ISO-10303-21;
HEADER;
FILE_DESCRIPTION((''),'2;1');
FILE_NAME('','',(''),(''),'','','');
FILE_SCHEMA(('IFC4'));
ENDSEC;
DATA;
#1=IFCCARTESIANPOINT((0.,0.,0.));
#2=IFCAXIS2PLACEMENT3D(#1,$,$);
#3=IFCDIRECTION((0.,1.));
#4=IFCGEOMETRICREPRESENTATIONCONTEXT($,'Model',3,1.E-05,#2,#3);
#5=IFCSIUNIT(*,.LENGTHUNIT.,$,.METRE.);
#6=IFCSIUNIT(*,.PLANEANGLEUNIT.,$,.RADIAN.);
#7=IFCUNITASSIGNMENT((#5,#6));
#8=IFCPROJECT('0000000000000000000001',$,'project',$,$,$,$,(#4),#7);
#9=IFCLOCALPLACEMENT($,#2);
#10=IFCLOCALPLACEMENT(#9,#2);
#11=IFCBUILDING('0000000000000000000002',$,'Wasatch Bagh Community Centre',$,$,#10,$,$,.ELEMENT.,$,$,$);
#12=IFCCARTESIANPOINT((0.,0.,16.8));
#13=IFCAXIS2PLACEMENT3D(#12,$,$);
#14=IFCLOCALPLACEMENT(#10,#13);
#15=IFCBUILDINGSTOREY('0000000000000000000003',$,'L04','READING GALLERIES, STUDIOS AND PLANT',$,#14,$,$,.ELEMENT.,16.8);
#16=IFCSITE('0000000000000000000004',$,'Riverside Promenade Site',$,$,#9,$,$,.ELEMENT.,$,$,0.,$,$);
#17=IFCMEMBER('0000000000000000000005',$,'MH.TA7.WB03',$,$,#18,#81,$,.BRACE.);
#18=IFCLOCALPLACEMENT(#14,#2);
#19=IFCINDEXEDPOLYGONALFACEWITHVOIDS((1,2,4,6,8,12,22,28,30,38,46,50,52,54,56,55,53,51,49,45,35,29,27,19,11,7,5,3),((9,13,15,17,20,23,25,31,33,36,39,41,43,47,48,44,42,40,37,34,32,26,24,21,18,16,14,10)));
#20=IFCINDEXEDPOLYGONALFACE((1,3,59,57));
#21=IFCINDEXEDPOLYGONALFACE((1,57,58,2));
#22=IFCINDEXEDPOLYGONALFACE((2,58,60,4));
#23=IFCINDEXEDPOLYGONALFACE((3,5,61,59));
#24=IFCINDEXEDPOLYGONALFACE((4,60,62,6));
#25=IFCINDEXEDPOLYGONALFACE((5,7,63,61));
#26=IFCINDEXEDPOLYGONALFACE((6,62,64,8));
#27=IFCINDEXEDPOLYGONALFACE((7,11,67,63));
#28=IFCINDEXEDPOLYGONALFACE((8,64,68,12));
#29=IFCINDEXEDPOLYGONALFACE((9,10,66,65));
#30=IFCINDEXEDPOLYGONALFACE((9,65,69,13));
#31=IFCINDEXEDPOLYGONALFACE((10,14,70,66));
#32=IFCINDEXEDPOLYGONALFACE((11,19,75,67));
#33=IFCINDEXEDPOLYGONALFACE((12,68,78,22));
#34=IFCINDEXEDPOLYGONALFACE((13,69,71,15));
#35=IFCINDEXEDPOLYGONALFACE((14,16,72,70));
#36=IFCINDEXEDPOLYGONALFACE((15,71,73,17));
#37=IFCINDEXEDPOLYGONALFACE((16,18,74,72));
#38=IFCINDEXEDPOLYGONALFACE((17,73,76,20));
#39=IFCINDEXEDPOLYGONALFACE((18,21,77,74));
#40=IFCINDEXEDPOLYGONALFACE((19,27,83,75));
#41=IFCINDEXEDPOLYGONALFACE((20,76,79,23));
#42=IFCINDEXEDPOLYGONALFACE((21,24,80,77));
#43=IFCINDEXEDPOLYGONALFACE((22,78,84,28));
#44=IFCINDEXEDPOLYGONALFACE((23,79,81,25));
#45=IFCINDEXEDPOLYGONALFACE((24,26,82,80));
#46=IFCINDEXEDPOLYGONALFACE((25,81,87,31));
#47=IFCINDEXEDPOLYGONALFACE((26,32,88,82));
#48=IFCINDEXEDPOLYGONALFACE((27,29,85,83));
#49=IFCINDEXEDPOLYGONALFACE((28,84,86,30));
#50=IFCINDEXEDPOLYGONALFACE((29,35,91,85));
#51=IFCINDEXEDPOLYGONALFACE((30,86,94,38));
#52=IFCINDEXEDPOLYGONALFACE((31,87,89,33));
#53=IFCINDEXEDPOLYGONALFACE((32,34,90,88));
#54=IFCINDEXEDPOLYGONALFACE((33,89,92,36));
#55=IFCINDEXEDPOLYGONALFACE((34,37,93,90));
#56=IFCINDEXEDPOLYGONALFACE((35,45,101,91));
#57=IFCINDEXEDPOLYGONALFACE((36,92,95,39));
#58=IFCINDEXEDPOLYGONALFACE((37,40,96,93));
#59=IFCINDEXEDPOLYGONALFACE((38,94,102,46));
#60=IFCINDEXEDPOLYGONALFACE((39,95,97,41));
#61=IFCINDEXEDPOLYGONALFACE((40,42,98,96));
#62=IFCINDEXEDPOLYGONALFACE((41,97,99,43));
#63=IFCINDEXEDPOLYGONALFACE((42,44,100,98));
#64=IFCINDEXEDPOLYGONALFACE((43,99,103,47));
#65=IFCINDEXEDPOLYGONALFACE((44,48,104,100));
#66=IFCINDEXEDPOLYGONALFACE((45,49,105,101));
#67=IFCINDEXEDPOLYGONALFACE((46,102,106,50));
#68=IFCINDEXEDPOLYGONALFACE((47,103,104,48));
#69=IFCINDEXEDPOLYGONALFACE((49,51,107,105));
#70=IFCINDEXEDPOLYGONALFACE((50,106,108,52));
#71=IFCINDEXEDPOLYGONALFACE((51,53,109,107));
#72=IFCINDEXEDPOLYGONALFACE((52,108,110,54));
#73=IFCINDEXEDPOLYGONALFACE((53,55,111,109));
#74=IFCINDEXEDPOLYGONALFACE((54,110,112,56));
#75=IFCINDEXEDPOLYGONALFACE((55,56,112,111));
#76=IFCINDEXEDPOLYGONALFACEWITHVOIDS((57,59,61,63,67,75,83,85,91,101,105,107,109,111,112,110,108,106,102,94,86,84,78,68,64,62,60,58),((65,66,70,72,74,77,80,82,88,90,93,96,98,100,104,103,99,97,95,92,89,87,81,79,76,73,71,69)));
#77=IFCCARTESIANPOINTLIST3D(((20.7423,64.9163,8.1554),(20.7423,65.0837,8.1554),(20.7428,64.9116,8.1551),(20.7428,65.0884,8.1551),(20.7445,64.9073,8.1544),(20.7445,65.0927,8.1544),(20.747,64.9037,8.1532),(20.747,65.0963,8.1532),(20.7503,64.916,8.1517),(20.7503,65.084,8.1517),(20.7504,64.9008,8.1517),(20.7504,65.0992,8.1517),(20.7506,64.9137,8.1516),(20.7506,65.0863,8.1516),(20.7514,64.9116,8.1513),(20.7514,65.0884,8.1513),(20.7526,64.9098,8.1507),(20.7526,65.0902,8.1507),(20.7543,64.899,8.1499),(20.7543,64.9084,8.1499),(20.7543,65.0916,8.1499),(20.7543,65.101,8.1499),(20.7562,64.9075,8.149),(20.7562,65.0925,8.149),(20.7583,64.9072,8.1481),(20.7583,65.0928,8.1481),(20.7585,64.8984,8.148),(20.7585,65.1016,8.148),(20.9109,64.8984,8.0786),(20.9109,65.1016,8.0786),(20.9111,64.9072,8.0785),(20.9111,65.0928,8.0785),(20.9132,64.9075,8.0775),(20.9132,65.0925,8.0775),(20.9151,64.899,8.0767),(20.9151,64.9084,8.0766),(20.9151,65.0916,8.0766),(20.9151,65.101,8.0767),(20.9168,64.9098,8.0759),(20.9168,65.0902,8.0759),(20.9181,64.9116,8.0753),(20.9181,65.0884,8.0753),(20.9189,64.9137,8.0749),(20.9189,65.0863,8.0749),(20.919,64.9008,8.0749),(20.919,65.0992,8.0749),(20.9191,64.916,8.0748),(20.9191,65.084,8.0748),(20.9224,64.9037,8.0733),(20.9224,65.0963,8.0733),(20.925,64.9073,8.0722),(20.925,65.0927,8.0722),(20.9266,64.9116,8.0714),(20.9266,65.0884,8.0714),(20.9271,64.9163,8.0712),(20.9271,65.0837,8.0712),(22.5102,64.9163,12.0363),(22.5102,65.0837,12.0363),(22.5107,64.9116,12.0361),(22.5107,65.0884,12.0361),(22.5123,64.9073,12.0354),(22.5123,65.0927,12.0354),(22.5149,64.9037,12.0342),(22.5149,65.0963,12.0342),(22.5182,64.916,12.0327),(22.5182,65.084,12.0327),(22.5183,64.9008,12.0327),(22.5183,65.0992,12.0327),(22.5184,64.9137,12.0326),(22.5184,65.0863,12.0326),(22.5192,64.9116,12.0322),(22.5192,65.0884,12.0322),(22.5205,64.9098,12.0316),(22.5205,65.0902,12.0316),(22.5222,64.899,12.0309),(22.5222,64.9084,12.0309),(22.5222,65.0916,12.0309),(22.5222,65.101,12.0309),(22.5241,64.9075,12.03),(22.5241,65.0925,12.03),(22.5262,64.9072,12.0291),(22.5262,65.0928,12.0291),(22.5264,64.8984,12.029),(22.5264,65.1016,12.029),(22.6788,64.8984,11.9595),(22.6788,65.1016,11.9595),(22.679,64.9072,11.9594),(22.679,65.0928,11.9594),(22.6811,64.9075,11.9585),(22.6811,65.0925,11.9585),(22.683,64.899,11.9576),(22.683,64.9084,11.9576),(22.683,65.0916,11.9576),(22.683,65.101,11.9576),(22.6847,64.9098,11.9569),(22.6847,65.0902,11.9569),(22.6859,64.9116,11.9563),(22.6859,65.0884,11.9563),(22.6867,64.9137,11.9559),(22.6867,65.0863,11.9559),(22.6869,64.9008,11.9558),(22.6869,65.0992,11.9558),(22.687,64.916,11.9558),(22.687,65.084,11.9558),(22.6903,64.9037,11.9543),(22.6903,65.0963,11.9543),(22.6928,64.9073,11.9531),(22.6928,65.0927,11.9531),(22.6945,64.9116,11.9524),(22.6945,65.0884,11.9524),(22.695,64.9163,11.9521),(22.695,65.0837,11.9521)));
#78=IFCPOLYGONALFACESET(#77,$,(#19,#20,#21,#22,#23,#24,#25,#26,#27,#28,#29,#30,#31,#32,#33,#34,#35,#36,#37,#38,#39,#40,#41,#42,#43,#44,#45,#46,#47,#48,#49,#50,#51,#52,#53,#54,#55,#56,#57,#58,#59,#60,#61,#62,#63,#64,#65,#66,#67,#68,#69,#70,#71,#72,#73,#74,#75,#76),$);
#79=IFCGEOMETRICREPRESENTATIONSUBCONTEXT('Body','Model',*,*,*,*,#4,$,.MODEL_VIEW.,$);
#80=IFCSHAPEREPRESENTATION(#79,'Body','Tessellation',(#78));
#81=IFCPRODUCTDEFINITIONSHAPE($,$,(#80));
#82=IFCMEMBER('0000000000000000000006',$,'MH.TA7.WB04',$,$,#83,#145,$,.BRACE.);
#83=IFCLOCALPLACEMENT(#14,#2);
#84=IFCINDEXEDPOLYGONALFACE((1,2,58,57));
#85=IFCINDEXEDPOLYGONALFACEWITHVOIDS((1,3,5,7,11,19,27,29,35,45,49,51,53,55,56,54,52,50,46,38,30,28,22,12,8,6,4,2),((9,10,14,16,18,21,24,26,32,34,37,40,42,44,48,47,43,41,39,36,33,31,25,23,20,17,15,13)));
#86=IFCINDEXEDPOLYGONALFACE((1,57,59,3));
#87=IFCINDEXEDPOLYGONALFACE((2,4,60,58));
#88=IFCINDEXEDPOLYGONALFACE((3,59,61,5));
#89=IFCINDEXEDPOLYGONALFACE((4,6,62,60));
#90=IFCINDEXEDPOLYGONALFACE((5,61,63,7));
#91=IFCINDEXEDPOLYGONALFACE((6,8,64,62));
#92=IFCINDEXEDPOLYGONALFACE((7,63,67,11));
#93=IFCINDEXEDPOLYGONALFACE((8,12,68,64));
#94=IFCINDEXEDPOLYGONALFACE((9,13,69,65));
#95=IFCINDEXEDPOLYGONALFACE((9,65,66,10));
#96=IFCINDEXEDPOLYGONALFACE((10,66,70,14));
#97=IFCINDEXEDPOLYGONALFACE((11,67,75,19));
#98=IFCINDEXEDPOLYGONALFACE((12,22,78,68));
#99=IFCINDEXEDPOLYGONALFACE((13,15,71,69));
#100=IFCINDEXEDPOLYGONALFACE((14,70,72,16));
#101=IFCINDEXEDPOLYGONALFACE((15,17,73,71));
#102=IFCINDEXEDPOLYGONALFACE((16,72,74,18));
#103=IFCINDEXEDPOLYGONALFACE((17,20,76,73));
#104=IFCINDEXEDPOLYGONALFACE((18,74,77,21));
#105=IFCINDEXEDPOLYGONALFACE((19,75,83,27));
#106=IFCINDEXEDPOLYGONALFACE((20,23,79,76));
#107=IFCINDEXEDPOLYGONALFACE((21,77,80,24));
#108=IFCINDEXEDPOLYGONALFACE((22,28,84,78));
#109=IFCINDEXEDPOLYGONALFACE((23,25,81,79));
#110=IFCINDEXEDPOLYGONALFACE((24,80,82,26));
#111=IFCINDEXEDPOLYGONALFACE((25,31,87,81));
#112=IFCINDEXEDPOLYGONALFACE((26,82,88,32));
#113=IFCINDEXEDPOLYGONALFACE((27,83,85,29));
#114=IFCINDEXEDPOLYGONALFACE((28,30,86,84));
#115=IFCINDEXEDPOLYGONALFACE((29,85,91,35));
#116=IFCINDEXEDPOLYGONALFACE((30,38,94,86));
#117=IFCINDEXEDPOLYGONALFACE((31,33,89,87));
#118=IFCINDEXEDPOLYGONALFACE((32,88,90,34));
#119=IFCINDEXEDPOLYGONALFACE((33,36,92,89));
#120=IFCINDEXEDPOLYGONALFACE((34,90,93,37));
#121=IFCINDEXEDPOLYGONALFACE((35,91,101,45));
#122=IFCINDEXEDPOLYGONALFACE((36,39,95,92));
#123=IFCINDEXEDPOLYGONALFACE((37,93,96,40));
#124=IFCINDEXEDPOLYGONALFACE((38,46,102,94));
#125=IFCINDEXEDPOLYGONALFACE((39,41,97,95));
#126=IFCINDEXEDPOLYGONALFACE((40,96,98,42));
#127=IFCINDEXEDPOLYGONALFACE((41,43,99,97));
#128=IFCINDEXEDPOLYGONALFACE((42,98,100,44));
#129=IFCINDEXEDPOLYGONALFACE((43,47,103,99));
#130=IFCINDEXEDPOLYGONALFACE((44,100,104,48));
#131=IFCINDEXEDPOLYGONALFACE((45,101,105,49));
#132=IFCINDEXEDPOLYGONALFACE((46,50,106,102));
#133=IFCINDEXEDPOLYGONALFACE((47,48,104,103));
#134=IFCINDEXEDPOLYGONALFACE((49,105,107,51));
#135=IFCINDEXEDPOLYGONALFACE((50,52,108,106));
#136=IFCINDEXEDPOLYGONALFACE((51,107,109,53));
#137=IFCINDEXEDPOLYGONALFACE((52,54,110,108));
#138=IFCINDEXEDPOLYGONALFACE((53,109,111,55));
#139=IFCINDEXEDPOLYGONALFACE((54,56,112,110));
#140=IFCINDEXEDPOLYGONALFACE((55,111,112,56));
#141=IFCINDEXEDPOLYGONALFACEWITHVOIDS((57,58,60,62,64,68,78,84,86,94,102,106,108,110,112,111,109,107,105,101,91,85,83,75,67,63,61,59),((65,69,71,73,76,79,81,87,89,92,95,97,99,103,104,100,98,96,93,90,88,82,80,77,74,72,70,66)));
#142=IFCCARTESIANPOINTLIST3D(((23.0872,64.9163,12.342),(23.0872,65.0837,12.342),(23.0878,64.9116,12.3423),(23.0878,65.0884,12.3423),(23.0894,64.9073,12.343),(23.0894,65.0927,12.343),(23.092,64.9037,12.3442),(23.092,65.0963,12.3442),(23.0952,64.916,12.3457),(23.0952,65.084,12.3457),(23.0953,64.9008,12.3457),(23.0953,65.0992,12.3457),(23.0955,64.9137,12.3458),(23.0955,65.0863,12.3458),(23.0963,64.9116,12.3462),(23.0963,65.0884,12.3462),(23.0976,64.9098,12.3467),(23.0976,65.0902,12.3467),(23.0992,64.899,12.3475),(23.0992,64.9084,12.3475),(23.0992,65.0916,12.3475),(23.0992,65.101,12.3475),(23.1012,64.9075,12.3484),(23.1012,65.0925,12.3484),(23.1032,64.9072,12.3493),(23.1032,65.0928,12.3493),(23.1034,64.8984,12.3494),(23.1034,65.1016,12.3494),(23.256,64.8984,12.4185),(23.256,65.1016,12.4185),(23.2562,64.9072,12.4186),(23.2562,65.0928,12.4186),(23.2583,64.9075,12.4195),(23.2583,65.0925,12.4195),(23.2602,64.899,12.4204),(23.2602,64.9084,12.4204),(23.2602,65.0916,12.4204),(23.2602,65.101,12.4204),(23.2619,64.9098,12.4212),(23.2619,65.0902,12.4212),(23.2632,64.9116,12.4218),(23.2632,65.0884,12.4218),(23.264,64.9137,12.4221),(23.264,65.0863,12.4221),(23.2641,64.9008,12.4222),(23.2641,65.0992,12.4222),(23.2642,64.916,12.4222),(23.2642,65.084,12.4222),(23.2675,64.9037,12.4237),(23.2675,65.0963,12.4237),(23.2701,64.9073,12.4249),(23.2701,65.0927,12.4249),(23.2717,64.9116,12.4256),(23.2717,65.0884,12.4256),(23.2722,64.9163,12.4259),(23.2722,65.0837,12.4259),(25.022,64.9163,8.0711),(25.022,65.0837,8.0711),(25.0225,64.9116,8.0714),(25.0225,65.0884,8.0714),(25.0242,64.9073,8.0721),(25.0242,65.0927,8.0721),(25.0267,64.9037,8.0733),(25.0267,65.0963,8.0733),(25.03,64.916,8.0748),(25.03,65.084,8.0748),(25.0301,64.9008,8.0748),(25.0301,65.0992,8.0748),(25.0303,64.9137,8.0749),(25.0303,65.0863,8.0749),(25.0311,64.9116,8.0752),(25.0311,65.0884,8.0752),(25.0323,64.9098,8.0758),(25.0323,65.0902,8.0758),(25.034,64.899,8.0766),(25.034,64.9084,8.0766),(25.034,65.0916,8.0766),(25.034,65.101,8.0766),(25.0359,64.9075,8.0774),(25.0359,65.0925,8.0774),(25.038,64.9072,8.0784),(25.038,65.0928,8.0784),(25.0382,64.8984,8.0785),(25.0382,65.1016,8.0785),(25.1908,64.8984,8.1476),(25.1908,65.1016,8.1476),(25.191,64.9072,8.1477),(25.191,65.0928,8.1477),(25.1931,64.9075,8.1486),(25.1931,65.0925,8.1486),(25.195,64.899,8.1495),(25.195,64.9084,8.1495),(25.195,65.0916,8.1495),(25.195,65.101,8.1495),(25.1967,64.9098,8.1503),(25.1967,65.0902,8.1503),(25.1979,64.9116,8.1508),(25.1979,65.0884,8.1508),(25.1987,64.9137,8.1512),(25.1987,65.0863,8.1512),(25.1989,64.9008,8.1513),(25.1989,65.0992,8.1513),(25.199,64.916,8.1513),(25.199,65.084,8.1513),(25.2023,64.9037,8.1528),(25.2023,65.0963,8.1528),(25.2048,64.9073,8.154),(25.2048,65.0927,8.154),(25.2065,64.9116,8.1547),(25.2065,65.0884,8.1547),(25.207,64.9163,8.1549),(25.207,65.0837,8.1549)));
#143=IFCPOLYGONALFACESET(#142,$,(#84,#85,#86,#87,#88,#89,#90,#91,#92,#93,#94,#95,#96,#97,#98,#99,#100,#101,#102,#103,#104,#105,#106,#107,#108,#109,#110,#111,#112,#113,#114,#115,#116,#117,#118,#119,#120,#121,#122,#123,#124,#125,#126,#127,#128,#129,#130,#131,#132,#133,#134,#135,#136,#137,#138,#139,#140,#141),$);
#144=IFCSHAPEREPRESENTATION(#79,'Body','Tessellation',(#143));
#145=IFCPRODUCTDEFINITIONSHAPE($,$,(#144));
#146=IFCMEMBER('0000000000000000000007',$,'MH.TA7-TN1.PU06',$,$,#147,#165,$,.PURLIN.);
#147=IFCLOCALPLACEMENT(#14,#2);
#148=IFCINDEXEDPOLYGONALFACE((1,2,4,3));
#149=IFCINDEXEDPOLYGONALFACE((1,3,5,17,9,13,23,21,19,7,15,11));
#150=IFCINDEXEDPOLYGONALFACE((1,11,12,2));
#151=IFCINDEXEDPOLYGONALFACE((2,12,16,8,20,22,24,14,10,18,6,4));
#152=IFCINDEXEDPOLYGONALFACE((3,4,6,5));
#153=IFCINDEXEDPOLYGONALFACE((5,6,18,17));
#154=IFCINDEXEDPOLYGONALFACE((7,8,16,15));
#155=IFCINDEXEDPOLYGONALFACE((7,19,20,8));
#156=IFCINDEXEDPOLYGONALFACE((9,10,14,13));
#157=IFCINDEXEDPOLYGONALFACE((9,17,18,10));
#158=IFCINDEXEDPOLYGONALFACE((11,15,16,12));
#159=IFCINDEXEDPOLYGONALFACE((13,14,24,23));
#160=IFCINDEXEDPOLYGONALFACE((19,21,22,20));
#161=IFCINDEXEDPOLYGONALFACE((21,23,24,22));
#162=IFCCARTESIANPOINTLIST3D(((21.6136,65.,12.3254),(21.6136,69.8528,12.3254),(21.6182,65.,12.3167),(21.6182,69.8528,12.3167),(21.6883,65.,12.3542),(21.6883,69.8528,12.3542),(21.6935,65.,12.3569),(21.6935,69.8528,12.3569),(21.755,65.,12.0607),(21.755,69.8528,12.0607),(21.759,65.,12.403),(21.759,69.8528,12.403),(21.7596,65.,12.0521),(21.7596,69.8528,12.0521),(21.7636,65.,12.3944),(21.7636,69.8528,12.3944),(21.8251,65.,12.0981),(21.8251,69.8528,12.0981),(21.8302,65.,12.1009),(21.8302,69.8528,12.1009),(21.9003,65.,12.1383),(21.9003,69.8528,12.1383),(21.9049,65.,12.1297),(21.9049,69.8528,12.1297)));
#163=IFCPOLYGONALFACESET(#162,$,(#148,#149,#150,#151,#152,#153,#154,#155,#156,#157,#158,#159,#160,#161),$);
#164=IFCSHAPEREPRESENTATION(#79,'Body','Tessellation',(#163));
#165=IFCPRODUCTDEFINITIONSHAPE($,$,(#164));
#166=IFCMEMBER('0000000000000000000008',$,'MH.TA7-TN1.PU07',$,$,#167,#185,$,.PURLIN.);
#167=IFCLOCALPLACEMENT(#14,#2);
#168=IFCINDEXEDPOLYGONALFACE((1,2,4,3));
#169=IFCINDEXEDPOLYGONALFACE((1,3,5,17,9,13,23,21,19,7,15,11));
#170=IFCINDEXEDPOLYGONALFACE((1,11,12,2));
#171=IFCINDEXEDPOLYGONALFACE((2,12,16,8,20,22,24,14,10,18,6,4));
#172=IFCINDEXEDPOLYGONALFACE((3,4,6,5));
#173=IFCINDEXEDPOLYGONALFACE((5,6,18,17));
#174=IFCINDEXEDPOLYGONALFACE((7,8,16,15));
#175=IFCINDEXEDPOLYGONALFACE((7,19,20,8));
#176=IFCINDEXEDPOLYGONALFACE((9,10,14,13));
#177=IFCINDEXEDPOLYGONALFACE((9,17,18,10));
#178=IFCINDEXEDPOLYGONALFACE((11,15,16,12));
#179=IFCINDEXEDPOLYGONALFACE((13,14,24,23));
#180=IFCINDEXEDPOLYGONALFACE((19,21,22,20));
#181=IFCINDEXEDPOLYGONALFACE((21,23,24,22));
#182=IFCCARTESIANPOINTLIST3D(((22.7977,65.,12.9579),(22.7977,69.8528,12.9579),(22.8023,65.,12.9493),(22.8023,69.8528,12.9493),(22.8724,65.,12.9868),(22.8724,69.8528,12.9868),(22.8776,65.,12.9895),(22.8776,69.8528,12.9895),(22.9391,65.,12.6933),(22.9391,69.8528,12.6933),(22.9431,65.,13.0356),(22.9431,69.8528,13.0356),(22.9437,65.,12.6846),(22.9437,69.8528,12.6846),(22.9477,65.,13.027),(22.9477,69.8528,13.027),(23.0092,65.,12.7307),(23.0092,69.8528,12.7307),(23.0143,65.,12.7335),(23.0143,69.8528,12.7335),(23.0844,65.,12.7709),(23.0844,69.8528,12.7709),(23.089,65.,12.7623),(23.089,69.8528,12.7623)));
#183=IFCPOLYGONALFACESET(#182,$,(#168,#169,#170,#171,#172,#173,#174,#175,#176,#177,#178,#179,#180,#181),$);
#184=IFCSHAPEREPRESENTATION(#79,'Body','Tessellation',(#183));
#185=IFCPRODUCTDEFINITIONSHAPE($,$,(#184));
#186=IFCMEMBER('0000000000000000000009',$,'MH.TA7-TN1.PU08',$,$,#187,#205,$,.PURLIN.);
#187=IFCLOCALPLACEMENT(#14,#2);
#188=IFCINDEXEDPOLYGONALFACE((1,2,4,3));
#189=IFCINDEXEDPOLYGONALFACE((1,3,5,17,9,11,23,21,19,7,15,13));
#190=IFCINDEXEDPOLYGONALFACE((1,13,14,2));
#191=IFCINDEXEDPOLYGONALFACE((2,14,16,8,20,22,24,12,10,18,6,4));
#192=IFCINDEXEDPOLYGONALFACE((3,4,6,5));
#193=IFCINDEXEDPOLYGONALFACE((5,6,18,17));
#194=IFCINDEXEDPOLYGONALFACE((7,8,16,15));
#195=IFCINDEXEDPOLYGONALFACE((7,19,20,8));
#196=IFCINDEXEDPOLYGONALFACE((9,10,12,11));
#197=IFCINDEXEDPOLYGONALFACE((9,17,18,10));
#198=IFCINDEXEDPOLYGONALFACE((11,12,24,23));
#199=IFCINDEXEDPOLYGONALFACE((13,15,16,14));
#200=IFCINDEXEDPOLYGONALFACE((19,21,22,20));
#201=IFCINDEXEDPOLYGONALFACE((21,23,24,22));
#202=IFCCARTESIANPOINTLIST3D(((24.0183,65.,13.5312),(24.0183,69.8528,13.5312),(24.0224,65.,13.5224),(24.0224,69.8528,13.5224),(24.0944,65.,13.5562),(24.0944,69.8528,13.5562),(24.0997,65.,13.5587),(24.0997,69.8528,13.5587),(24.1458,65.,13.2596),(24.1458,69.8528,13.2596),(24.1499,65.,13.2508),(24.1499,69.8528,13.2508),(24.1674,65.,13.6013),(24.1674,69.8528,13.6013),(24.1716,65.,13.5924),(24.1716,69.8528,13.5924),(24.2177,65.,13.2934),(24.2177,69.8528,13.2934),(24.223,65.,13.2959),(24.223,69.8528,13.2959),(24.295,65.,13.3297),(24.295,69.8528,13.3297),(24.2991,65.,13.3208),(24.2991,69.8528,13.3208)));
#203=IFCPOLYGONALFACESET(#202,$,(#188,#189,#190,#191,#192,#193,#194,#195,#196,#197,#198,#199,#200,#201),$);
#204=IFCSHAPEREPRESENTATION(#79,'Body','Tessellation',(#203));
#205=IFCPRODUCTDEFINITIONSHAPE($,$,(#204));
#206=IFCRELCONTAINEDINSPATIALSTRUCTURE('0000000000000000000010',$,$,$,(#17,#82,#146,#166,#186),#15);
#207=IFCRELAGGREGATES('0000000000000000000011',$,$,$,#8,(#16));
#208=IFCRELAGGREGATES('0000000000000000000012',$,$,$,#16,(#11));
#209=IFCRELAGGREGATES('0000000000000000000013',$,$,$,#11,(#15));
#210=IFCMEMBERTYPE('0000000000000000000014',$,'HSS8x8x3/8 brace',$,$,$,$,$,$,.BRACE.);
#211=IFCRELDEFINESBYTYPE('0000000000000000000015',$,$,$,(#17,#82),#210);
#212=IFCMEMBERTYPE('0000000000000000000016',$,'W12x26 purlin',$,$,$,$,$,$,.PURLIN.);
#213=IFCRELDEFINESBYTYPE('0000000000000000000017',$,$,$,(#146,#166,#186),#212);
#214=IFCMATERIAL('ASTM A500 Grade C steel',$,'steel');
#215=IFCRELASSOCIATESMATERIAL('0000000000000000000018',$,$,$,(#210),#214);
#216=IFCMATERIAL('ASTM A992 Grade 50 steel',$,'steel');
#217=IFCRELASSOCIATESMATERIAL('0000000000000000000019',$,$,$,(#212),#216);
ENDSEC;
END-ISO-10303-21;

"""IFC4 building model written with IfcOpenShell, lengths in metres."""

from ifc_helpers import new_model, si_unit, direction, frame, origin, origin_2d, place, context, subcontext, project, spatial, hollow_rectangle, i_section, extrude, material, material_profile, profile_set, type_object, element, save


model = new_model("IFC4")

# Units and contexts
model_context = context("Model", 3, precision=1e-05, world=origin(), true_north=direction((0.0, 1.0)))
body_context = subcontext(model_context, "Body", "Model", "MODEL_VIEW")
ifc_project = project(units=[si_unit("LENGTHUNIT", "METRE"), si_unit("PLANEANGLEUNIT", "RADIAN")], contexts=[model_context])

# Site, building, storey
site_placement = place(None, origin())
site = spatial("IfcSite", under=ifc_project, at=site_placement, Name="Riverside Promenade Site", CompositionType="ELEMENT", RefElevation=0.0)
building_placement = place(site_placement, origin())
building = spatial("IfcBuilding", under=site, at=building_placement, Name="Wasatch Bagh Community Centre", CompositionType="ELEMENT")
storey_placement = place(building_placement, frame((0.0, 0.0, 16.8)))
storey = spatial("IfcBuildingStorey", under=building, at=storey_placement, Name="L04", Description="READING GALLERIES, STUDIOS AND PLANT", CompositionType="ELEMENT", Elevation=16.8)

# Members
ifc_material_1 = material(Name="ASTM A500 Grade C steel", Category="steel")
ifc_material_profile_1 = material_profile(ifc_material_1, hollow_rectangle(XDim=0.2031, YDim=0.2031, WallThickness=0.0088, InnerFilletRadius=0.0088, OuterFilletRadius=0.0178, at=origin_2d()), Name="HSS8x8x3/8")
ifc_profile_set_1 = profile_set([ifc_material_profile_1], Name="ASTM A500 Grade C steel")
member_type_1 = type_object("IfcMemberType", Name="HSS8x8x3/8 brace", PredefinedType="BRACE", material=ifc_profile_set_1)
member_1_placement = place(storey_placement, frame((20.8347, 65.0, 8.1133), z_axis=(0.41454, 0.0, 0.910031), x_axis=(0.0, 1.0, 0.0)))
element("IfcMember", 1, at=member_1_placement, inside=storey, type_object=member_type_1, Name="MH.TA7.WB03", PredefinedType="BRACE", context=body_context, shape_type="SweptSolid", body=[
    extrude(hollow_rectangle(XDim=0.2031, YDim=0.2031, WallThickness=0.0088, InnerFilletRadius=0.0088, OuterFilletRadius=0.0178, at=origin_2d()), origin(), (0.0, 0.0, 1.0), 4.2646),
])
member_2_placement = place(storey_placement, frame((25.1145, 65.0, 8.113), z_axis=(-0.412645, 0.0, 0.910892), x_axis=(0.0, -1.0, 0.0)))
element("IfcMember", 2, at=member_2_placement, inside=storey, type_object=member_type_1, Name="MH.TA7.WB04", PredefinedType="BRACE", context=body_context, shape_type="SweptSolid", body=[
    extrude(hollow_rectangle(XDim=0.2031, YDim=0.2031, WallThickness=0.0088, InnerFilletRadius=0.0088, OuterFilletRadius=0.0178, at=origin_2d()), origin(), (0.0, 0.0, 1.0), 4.6887),
])
ifc_material_2 = material(Name="ASTM A992 Grade 50 steel", Category="steel")
ifc_material_profile_2 = material_profile(ifc_material_2, i_section(OverallWidth=0.1648, OverallDepth=0.3098, WebThickness=0.0059, FlangeThickness=0.0098, at=origin_2d()), Name="W12x26")
ifc_profile_set_2 = profile_set([ifc_material_profile_2], Name="ASTM A992 Grade 50 steel")
member_type_2 = type_object("IfcMemberType", Name="W12x26 purlin", PredefinedType="PURLIN", material=ifc_profile_set_2)
for number, where, z_axis, x_axis, name in (
    (3, (21.7593, 65.0, 12.2275), (0.0, 1.0, 0.0), (-0.882062, 0.0, -0.471133), "MH.TA7-TN1.PU06"),
    (4, (22.9434, 65.0, 12.8601), (0.0, 1.0, 0.0), (-0.882062, 0.0, -0.471133), "MH.TA7-TN1.PU07"),
    (5, (24.1587, 65.0, 13.426), (0.0, 1.0, 0.0), (-0.905205, 0.0, -0.424976), "MH.TA7-TN1.PU08"),
):
    element("IfcMember", number, at=place(storey_placement, frame(where, z_axis=z_axis, x_axis=x_axis)), inside=storey, type_object=member_type_2, Name=name, PredefinedType="PURLIN", context=body_context, shape_type="SweptSolid", body=[
        extrude(i_section(OverallWidth=0.1648, OverallDepth=0.3098, WebThickness=0.0059, FlangeThickness=0.0098, at=origin_2d()), origin(), (0.0, 0.0, 1.0), 4.8528),
    ])

save(model, "model.ifc")
